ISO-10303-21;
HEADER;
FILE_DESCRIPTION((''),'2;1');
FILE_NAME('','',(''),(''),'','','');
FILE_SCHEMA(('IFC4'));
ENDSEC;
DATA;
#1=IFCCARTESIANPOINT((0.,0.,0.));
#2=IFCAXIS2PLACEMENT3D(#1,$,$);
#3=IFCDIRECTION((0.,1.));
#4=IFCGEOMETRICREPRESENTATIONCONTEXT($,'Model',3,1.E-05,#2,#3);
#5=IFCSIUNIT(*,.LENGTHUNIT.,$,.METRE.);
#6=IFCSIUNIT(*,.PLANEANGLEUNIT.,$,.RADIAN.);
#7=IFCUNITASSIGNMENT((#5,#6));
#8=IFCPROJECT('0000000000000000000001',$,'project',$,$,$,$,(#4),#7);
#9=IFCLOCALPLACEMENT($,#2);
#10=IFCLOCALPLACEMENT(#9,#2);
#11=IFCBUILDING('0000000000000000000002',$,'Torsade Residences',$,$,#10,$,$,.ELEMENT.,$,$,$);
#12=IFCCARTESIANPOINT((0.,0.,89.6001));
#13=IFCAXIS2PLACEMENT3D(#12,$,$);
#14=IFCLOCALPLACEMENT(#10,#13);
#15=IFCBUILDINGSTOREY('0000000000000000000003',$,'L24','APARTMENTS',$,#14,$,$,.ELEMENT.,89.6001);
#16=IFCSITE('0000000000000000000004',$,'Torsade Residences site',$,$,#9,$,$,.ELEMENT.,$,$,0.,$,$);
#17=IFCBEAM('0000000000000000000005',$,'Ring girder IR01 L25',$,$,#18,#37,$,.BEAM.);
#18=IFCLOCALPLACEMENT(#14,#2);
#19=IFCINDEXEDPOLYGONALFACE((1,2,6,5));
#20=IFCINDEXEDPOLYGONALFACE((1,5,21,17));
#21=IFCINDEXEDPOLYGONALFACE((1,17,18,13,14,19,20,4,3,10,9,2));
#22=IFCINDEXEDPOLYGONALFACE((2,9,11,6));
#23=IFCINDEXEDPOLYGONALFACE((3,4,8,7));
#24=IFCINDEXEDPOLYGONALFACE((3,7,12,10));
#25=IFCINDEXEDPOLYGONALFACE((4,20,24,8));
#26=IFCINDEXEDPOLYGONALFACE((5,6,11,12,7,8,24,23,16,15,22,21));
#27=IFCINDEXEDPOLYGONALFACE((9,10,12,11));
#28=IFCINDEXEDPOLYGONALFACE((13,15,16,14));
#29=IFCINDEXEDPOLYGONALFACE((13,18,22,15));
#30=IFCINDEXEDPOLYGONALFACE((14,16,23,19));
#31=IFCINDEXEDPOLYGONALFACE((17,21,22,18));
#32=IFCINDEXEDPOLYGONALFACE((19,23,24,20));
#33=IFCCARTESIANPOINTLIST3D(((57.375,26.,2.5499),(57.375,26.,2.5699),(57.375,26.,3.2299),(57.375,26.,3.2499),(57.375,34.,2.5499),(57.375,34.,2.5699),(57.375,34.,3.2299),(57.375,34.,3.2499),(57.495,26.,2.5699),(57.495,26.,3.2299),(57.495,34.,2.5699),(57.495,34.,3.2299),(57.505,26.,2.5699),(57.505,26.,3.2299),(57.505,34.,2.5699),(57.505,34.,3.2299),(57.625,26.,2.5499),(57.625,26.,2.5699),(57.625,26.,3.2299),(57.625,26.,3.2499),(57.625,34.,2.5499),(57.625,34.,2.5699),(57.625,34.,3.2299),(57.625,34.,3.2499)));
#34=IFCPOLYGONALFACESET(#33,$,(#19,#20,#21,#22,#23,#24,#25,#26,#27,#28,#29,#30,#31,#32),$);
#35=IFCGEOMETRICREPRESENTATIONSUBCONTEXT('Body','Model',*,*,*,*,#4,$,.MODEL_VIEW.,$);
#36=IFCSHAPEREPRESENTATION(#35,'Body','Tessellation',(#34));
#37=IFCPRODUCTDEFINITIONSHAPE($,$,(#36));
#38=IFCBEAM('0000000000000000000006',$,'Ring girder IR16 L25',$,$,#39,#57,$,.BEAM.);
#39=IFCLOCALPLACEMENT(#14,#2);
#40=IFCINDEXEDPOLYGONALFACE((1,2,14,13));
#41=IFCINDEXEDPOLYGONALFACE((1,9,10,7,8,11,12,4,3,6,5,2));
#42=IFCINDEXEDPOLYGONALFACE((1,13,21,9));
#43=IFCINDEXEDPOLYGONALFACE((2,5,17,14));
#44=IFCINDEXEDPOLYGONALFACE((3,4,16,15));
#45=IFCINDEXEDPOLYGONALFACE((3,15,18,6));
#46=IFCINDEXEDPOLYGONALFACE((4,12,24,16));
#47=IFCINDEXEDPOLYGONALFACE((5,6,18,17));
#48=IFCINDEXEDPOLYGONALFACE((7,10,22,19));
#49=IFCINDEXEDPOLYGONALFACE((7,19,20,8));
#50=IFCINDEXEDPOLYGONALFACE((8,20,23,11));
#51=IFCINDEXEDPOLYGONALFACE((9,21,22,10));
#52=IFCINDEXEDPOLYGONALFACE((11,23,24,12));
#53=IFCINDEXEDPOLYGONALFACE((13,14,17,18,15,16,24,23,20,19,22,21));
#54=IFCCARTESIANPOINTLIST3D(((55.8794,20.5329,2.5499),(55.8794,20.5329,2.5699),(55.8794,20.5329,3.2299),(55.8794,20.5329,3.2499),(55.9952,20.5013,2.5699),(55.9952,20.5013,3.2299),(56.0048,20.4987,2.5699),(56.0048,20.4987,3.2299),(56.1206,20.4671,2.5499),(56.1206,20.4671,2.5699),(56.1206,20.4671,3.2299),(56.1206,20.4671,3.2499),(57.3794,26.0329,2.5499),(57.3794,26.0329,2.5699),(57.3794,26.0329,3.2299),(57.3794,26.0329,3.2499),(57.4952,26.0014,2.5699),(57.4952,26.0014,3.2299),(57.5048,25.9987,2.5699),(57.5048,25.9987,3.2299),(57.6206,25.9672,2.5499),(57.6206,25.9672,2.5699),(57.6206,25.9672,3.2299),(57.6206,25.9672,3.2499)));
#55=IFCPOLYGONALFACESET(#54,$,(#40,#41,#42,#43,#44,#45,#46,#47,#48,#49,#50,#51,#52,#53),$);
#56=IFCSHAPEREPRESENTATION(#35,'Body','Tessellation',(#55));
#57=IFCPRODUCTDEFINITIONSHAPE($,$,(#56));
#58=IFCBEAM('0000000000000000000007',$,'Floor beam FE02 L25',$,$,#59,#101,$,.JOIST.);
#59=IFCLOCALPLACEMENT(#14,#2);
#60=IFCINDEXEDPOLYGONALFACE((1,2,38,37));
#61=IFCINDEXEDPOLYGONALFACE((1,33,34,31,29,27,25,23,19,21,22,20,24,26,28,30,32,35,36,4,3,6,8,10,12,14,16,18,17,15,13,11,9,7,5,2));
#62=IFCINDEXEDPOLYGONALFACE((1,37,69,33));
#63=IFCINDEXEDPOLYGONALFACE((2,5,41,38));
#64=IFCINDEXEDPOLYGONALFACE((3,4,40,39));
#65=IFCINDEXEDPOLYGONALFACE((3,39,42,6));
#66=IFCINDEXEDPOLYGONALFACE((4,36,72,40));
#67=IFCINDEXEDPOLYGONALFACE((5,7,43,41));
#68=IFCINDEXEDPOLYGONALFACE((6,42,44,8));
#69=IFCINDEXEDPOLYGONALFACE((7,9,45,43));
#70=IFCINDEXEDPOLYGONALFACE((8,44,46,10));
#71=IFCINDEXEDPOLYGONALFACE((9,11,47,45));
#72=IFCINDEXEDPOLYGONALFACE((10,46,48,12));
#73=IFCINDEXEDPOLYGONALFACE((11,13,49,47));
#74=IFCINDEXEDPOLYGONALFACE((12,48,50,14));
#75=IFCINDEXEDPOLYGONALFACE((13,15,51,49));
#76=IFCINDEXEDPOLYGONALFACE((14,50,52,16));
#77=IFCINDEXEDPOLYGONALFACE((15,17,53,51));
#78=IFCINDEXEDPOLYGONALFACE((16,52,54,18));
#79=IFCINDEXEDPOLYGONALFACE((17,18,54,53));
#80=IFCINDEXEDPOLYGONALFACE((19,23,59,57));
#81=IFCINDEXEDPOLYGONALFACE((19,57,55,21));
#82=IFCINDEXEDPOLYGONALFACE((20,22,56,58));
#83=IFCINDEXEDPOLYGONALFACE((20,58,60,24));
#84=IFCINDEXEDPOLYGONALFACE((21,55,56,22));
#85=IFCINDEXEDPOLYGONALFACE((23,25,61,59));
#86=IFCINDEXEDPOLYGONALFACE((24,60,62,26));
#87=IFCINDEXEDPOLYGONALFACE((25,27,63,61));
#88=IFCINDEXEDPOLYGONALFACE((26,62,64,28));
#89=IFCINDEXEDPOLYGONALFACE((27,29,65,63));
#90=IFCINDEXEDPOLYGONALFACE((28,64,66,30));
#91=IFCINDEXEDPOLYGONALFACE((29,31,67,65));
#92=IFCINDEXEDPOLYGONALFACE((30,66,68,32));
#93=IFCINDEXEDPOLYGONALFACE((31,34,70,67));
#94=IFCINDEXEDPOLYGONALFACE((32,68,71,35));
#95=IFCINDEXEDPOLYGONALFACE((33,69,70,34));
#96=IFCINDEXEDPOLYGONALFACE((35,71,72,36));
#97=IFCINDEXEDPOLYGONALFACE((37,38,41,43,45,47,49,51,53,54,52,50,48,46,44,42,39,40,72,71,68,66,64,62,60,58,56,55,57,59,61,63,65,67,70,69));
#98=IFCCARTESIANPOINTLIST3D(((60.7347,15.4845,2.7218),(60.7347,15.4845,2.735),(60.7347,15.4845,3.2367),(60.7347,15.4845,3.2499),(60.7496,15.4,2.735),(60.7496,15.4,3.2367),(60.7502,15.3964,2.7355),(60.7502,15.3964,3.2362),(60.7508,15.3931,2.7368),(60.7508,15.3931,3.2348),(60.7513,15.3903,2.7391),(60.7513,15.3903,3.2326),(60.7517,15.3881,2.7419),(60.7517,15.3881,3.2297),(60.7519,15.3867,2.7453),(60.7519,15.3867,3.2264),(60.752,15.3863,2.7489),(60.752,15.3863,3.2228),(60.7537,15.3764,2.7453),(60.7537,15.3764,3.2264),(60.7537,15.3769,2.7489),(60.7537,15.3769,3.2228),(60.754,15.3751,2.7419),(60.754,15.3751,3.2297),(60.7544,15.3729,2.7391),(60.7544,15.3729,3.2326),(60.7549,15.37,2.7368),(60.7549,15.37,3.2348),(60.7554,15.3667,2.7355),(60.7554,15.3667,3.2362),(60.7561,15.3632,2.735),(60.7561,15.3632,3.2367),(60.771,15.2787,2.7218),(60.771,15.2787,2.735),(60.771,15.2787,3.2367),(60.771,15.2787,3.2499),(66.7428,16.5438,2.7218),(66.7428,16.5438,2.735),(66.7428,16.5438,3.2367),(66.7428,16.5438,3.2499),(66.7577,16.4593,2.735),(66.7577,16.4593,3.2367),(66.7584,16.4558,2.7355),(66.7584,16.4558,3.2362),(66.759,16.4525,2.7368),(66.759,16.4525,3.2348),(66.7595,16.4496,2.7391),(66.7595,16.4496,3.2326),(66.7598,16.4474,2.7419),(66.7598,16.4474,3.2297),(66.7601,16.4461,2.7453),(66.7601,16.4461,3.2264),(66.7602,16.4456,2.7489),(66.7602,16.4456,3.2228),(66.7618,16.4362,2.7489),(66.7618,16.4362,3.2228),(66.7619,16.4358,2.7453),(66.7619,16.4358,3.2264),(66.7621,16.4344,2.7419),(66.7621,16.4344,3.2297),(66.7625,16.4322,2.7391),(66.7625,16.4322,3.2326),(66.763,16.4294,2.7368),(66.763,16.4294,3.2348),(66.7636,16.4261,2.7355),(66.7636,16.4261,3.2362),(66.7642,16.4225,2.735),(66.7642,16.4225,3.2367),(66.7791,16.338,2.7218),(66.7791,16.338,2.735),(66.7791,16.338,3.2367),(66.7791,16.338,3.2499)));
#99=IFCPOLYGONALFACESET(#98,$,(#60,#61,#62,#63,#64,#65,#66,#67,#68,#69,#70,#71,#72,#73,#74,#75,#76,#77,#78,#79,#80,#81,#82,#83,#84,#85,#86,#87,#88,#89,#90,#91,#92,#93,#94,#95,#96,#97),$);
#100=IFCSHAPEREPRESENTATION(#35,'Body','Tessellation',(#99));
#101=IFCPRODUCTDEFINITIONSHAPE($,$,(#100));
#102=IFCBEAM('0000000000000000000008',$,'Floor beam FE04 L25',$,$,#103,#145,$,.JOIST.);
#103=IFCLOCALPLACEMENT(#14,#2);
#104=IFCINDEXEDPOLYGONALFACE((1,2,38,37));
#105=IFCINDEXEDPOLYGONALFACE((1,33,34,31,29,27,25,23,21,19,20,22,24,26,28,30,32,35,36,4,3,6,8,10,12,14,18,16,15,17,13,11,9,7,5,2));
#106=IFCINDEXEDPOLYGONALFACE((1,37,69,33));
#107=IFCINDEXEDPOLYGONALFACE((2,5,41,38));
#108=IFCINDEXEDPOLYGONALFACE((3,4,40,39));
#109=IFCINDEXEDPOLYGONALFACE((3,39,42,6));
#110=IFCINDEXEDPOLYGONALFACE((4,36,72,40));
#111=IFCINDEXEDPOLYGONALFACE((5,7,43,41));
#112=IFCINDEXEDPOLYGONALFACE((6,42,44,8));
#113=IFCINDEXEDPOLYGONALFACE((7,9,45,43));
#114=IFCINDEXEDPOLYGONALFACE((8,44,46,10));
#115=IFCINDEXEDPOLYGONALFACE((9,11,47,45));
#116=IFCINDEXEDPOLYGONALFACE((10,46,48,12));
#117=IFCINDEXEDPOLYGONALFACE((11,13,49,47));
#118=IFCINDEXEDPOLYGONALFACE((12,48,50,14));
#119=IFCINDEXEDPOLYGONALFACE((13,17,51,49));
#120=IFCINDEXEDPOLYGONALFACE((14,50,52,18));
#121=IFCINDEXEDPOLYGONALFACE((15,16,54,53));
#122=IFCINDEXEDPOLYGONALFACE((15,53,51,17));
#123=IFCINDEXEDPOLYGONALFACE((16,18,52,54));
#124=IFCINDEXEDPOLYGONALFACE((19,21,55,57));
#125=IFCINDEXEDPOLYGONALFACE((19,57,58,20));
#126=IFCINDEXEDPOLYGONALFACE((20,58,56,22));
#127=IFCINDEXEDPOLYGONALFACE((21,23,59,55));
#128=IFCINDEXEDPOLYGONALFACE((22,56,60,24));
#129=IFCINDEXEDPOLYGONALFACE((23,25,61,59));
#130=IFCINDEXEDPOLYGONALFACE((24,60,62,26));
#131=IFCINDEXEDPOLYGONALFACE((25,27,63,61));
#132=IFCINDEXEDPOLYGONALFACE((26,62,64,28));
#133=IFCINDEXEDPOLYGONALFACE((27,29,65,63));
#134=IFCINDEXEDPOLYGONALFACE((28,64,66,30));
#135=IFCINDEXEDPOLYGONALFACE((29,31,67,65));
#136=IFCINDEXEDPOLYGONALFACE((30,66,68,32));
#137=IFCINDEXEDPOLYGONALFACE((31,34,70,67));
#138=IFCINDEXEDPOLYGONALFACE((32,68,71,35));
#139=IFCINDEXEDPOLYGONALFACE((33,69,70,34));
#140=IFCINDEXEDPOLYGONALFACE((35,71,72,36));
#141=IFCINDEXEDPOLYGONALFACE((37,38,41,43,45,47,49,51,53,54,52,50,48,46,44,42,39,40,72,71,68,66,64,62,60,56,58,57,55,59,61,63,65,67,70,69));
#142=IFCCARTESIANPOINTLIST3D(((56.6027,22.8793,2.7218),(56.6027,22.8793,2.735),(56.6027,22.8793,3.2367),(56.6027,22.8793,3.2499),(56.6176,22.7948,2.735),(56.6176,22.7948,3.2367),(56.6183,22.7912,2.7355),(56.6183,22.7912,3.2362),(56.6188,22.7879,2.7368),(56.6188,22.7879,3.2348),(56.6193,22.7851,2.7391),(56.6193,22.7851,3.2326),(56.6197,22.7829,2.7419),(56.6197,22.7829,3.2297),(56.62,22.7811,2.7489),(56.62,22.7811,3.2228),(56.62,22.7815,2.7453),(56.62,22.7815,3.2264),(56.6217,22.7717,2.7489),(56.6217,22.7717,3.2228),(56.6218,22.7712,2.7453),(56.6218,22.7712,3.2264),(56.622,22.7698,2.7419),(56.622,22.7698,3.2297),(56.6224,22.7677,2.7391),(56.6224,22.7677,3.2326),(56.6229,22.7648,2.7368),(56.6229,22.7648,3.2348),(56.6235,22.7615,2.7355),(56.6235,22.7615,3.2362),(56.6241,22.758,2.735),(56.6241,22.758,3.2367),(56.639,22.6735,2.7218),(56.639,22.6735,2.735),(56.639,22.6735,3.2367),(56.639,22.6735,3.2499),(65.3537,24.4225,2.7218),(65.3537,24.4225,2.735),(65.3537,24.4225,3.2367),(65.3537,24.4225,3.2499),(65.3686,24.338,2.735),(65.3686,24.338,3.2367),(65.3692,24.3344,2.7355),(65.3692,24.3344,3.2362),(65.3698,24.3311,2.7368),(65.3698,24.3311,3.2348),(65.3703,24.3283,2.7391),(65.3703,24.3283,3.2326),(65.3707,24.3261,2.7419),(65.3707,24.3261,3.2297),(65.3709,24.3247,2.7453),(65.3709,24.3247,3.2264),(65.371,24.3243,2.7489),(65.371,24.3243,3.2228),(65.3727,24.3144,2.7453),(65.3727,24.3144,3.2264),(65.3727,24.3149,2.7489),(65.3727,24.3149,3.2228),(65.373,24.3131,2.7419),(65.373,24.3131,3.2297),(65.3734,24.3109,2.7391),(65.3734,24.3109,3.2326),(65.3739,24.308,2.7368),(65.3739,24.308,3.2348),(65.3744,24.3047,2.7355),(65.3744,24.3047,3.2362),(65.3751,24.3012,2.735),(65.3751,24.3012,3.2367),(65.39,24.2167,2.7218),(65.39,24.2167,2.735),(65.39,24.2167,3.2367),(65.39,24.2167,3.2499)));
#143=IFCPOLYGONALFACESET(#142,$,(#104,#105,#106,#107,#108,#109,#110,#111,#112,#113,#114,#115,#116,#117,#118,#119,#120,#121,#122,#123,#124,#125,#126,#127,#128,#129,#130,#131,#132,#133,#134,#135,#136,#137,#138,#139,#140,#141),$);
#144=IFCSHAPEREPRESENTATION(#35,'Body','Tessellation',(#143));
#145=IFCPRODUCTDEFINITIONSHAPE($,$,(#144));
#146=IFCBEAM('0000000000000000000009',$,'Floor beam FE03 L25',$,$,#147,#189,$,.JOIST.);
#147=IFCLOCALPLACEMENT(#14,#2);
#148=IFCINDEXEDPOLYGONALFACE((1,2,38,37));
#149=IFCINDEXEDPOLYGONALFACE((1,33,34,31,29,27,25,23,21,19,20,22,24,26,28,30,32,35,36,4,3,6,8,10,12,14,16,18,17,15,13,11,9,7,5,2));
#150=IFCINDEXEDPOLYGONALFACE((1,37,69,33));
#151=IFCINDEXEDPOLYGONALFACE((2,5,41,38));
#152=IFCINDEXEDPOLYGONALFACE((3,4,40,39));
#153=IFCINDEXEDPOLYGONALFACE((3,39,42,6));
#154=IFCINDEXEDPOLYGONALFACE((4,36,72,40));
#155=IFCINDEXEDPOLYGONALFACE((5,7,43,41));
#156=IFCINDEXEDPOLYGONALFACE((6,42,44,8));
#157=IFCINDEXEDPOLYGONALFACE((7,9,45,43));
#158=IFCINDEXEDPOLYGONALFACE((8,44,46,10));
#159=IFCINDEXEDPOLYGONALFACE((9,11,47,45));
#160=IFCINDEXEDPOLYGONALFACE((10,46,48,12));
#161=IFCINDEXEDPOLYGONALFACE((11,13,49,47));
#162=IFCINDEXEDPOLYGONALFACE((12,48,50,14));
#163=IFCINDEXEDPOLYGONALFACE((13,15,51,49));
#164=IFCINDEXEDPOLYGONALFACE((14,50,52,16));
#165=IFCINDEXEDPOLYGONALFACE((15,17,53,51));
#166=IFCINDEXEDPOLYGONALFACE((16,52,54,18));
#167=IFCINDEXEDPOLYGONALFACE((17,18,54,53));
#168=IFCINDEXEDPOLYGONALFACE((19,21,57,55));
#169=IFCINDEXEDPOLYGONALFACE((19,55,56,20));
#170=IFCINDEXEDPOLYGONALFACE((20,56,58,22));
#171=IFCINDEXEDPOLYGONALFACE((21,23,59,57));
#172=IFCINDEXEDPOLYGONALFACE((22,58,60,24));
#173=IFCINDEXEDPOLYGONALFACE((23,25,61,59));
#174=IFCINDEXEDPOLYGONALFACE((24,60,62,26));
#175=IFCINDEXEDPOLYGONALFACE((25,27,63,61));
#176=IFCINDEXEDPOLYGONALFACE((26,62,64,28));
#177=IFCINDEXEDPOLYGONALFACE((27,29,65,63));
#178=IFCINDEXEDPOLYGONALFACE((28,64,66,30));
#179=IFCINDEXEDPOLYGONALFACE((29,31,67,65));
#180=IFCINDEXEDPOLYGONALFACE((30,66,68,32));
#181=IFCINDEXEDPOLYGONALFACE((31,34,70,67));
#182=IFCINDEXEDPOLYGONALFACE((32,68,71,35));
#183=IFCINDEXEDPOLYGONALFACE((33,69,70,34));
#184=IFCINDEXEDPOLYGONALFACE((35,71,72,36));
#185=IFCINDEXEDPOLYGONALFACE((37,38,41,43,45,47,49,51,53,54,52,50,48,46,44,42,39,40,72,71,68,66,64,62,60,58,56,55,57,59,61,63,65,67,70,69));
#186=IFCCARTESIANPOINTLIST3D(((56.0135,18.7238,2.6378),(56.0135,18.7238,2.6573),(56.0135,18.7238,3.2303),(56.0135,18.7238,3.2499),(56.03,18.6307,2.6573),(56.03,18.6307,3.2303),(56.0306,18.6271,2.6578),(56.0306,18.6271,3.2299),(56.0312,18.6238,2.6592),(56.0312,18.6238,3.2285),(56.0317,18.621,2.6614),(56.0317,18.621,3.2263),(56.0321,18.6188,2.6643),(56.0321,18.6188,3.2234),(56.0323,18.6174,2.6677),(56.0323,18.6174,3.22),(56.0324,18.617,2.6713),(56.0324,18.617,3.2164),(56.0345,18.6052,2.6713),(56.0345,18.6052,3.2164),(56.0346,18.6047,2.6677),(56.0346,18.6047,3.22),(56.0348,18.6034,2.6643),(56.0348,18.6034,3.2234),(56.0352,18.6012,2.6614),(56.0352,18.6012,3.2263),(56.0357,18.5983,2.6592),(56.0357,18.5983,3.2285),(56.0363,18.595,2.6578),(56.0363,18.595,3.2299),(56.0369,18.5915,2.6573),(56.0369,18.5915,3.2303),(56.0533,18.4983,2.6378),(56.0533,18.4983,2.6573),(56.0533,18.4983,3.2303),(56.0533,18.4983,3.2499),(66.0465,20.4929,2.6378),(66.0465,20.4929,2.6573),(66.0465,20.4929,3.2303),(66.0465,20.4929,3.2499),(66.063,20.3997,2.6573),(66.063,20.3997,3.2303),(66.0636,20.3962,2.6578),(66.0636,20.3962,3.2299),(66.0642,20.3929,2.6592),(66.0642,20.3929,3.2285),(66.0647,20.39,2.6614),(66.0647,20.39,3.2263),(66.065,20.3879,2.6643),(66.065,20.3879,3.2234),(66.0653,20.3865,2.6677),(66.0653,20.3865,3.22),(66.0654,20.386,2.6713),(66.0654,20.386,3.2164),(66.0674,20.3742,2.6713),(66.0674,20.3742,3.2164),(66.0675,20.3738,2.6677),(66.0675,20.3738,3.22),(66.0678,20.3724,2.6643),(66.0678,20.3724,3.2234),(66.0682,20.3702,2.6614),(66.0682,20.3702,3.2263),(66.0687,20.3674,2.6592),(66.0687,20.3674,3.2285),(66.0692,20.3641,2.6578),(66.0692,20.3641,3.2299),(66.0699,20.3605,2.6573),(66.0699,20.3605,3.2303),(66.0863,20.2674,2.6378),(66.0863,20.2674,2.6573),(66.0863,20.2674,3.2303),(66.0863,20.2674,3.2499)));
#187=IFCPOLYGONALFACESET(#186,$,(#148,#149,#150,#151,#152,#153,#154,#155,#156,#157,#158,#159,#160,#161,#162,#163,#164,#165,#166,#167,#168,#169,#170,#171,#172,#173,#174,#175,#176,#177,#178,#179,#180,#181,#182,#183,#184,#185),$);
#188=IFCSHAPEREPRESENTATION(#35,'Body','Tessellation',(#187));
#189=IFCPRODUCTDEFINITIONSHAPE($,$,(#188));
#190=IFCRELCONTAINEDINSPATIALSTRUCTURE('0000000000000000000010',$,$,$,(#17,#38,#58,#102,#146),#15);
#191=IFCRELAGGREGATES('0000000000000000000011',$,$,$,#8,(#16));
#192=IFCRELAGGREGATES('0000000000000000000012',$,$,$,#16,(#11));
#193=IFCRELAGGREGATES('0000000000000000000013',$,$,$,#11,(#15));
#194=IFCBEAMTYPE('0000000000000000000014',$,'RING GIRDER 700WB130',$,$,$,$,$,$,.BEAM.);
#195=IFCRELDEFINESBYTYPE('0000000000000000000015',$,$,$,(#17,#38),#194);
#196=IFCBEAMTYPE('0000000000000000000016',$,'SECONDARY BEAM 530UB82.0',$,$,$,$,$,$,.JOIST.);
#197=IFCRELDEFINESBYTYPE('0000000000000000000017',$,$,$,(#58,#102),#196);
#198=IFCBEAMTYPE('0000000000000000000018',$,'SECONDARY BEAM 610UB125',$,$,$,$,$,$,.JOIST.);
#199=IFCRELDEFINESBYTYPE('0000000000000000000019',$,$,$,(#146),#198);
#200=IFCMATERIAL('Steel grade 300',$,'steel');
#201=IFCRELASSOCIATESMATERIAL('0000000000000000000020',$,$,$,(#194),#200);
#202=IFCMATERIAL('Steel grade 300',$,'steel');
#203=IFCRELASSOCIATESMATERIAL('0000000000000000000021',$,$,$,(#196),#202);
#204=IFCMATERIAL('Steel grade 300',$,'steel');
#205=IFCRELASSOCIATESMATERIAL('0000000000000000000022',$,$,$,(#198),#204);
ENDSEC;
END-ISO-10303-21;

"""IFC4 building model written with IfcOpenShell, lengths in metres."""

from ifc_helpers import new_model, si_unit, direction, frame, origin, origin_2d, place, context, subcontext, project, spatial, i_section, extrude, material, material_profile, profile_set, type_object, element, save


model = new_model("IFC4")

# Units and contexts
model_context = context("Model", 3, precision=1e-05, world=origin(), true_north=direction((0.0, 1.0)))
body_context = subcontext(model_context, "Body", "Model", "MODEL_VIEW")
ifc_project = project(units=[si_unit("LENGTHUNIT", "METRE"), si_unit("PLANEANGLEUNIT", "RADIAN")], contexts=[model_context])

# Site, building, storey
site_placement = place(None, origin())
site = spatial("IfcSite", under=ifc_project, at=site_placement, Name="Torsade Residences site", CompositionType="ELEMENT", RefElevation=0.0)
building_placement = place(site_placement, origin())
building = spatial("IfcBuilding", under=site, at=building_placement, Name="Torsade Residences", CompositionType="ELEMENT")
storey_placement = place(building_placement, frame((0.0, 0.0, 89.6001)))
storey = spatial("IfcBuildingStorey", under=building, at=storey_placement, Name="L24", Description="APARTMENTS", CompositionType="ELEMENT", Elevation=89.6001)

# Beams
ifc_material_1 = material(Name="Steel grade 300", Category="steel")
ifc_material_profile_1 = material_profile(ifc_material_1, i_section(OverallWidth=0.25, OverallDepth=0.7, WebThickness=0.01, FlangeThickness=0.02, at=origin_2d()), Name="700WB130")
ifc_profile_set_1 = profile_set([ifc_material_profile_1], Name="Steel grade 300")
beam_type_1 = type_object("IfcBeamType", Name="RING GIRDER 700WB130", PredefinedType="BEAM", material=ifc_profile_set_1)
beam_1_placement = place(storey_placement, frame((57.5, 26.0, 2.8999), z_axis=(0.0, 1.0, 0.0), x_axis=(-1.0, 0.0, 0.0)))
element("IfcBeam", 1, at=beam_1_placement, inside=storey, type_object=beam_type_1, Name="Ring girder IR01 L25", PredefinedType="BEAM", context=body_context, shape_type="SweptSolid", body=[
    extrude(i_section(OverallWidth=0.25, OverallDepth=0.7, WebThickness=0.01, FlangeThickness=0.02, at=origin_2d()), origin(), (0.0, 0.0, 1.0), 8.0),
])
beam_2_placement = place(storey_placement, frame((56.0, 20.5, 2.8999), z_axis=(0.263117, 0.964764, 0.0), x_axis=(-0.964764, 0.263117, 0.0)))
element("IfcBeam", 2, at=beam_2_placement, inside=storey, type_object=beam_type_1, Name="Ring girder IR16 L25", PredefinedType="BEAM", context=body_context, shape_type="SweptSolid", body=[
    extrude(i_section(OverallWidth=0.25, OverallDepth=0.7, WebThickness=0.01, FlangeThickness=0.02, at=origin_2d()), origin(), (0.0, 0.0, 1.0), 5.7009),
])
ifc_material_2 = material(Name="Steel grade 300", Category="steel")
ifc_material_profile_2 = material_profile(ifc_material_2, i_section(OverallWidth=0.209, OverallDepth=0.5281, WebThickness=0.0095, FlangeThickness=0.0132, FilletRadius=0.0139, at=origin_2d()), Name="530UB82.0")
ifc_profile_set_2 = profile_set([ifc_material_profile_2], Name="Steel grade 300")
beam_type_2 = type_object("IfcBeamType", Name="SECONDARY BEAM 530UB82.0", PredefinedType="JOIST", material=ifc_profile_set_2)
beam_3_placement = place(storey_placement, frame((66.761, 16.4409, 2.9858), z_axis=(-0.984809, -0.173639, 0.0), x_axis=(0.173639, -0.984809, 0.0)))
element("IfcBeam", 3, at=beam_3_placement, inside=storey, type_object=beam_type_2, Name="Floor beam FE02 L25", PredefinedType="JOIST", context=body_context, shape_type="SweptSolid", body=[
    extrude(i_section(OverallWidth=0.209, OverallDepth=0.5281, WebThickness=0.0095, FlangeThickness=0.0132, FilletRadius=0.0139, at=origin_2d()), origin(), (0.0, 0.0, 1.0), 6.1008),
])
beam_4_placement = place(storey_placement, frame((65.3718, 24.3196, 2.9858), z_axis=(-0.984804, -0.173668, 0.0), x_axis=(0.173668, -0.984804, 0.0)))
element("IfcBeam", 4, at=beam_4_placement, inside=storey, type_object=beam_type_2, Name="Floor beam FE04 L25", PredefinedType="JOIST", context=body_context, shape_type="SweptSolid", body=[
    extrude(i_section(OverallWidth=0.209, OverallDepth=0.5281, WebThickness=0.0095, FlangeThickness=0.0132, FilletRadius=0.0139, at=origin_2d()), origin(), (0.0, 0.0, 1.0), 8.886),
])
ifc_material_3 = material(Name="Steel grade 300", Category="steel")
ifc_material_profile_3 = material_profile(ifc_material_3, i_section(OverallWidth=0.229, OverallDepth=0.6121, WebThickness=0.012, FlangeThickness=0.0195, FilletRadius=0.0139, at=origin_2d()), Name="610UB125")
ifc_profile_set_3 = profile_set([ifc_material_profile_3], Name="Steel grade 300")
beam_type_3 = type_object("IfcBeamType", Name="SECONDARY BEAM 610UB125", PredefinedType="JOIST", material=ifc_profile_set_3)
beam_5_placement = place(storey_placement, frame((66.0664, 20.3801, 2.9438), z_axis=(-0.984808, -0.173645, 0.0), x_axis=(0.173645, -0.984808, 0.0)))
element("IfcBeam", 5, at=beam_5_placement, inside=storey, type_object=beam_type_3, Name="Floor beam FE03 L25", PredefinedType="JOIST", context=body_context, shape_type="SweptSolid", body=[
    extrude(i_section(OverallWidth=0.229, OverallDepth=0.6121, WebThickness=0.012, FlangeThickness=0.0195, FilletRadius=0.0139, at=origin_2d()), origin(), (0.0, 0.0, 1.0), 10.1877),
])

save(model, "model.ifc")
